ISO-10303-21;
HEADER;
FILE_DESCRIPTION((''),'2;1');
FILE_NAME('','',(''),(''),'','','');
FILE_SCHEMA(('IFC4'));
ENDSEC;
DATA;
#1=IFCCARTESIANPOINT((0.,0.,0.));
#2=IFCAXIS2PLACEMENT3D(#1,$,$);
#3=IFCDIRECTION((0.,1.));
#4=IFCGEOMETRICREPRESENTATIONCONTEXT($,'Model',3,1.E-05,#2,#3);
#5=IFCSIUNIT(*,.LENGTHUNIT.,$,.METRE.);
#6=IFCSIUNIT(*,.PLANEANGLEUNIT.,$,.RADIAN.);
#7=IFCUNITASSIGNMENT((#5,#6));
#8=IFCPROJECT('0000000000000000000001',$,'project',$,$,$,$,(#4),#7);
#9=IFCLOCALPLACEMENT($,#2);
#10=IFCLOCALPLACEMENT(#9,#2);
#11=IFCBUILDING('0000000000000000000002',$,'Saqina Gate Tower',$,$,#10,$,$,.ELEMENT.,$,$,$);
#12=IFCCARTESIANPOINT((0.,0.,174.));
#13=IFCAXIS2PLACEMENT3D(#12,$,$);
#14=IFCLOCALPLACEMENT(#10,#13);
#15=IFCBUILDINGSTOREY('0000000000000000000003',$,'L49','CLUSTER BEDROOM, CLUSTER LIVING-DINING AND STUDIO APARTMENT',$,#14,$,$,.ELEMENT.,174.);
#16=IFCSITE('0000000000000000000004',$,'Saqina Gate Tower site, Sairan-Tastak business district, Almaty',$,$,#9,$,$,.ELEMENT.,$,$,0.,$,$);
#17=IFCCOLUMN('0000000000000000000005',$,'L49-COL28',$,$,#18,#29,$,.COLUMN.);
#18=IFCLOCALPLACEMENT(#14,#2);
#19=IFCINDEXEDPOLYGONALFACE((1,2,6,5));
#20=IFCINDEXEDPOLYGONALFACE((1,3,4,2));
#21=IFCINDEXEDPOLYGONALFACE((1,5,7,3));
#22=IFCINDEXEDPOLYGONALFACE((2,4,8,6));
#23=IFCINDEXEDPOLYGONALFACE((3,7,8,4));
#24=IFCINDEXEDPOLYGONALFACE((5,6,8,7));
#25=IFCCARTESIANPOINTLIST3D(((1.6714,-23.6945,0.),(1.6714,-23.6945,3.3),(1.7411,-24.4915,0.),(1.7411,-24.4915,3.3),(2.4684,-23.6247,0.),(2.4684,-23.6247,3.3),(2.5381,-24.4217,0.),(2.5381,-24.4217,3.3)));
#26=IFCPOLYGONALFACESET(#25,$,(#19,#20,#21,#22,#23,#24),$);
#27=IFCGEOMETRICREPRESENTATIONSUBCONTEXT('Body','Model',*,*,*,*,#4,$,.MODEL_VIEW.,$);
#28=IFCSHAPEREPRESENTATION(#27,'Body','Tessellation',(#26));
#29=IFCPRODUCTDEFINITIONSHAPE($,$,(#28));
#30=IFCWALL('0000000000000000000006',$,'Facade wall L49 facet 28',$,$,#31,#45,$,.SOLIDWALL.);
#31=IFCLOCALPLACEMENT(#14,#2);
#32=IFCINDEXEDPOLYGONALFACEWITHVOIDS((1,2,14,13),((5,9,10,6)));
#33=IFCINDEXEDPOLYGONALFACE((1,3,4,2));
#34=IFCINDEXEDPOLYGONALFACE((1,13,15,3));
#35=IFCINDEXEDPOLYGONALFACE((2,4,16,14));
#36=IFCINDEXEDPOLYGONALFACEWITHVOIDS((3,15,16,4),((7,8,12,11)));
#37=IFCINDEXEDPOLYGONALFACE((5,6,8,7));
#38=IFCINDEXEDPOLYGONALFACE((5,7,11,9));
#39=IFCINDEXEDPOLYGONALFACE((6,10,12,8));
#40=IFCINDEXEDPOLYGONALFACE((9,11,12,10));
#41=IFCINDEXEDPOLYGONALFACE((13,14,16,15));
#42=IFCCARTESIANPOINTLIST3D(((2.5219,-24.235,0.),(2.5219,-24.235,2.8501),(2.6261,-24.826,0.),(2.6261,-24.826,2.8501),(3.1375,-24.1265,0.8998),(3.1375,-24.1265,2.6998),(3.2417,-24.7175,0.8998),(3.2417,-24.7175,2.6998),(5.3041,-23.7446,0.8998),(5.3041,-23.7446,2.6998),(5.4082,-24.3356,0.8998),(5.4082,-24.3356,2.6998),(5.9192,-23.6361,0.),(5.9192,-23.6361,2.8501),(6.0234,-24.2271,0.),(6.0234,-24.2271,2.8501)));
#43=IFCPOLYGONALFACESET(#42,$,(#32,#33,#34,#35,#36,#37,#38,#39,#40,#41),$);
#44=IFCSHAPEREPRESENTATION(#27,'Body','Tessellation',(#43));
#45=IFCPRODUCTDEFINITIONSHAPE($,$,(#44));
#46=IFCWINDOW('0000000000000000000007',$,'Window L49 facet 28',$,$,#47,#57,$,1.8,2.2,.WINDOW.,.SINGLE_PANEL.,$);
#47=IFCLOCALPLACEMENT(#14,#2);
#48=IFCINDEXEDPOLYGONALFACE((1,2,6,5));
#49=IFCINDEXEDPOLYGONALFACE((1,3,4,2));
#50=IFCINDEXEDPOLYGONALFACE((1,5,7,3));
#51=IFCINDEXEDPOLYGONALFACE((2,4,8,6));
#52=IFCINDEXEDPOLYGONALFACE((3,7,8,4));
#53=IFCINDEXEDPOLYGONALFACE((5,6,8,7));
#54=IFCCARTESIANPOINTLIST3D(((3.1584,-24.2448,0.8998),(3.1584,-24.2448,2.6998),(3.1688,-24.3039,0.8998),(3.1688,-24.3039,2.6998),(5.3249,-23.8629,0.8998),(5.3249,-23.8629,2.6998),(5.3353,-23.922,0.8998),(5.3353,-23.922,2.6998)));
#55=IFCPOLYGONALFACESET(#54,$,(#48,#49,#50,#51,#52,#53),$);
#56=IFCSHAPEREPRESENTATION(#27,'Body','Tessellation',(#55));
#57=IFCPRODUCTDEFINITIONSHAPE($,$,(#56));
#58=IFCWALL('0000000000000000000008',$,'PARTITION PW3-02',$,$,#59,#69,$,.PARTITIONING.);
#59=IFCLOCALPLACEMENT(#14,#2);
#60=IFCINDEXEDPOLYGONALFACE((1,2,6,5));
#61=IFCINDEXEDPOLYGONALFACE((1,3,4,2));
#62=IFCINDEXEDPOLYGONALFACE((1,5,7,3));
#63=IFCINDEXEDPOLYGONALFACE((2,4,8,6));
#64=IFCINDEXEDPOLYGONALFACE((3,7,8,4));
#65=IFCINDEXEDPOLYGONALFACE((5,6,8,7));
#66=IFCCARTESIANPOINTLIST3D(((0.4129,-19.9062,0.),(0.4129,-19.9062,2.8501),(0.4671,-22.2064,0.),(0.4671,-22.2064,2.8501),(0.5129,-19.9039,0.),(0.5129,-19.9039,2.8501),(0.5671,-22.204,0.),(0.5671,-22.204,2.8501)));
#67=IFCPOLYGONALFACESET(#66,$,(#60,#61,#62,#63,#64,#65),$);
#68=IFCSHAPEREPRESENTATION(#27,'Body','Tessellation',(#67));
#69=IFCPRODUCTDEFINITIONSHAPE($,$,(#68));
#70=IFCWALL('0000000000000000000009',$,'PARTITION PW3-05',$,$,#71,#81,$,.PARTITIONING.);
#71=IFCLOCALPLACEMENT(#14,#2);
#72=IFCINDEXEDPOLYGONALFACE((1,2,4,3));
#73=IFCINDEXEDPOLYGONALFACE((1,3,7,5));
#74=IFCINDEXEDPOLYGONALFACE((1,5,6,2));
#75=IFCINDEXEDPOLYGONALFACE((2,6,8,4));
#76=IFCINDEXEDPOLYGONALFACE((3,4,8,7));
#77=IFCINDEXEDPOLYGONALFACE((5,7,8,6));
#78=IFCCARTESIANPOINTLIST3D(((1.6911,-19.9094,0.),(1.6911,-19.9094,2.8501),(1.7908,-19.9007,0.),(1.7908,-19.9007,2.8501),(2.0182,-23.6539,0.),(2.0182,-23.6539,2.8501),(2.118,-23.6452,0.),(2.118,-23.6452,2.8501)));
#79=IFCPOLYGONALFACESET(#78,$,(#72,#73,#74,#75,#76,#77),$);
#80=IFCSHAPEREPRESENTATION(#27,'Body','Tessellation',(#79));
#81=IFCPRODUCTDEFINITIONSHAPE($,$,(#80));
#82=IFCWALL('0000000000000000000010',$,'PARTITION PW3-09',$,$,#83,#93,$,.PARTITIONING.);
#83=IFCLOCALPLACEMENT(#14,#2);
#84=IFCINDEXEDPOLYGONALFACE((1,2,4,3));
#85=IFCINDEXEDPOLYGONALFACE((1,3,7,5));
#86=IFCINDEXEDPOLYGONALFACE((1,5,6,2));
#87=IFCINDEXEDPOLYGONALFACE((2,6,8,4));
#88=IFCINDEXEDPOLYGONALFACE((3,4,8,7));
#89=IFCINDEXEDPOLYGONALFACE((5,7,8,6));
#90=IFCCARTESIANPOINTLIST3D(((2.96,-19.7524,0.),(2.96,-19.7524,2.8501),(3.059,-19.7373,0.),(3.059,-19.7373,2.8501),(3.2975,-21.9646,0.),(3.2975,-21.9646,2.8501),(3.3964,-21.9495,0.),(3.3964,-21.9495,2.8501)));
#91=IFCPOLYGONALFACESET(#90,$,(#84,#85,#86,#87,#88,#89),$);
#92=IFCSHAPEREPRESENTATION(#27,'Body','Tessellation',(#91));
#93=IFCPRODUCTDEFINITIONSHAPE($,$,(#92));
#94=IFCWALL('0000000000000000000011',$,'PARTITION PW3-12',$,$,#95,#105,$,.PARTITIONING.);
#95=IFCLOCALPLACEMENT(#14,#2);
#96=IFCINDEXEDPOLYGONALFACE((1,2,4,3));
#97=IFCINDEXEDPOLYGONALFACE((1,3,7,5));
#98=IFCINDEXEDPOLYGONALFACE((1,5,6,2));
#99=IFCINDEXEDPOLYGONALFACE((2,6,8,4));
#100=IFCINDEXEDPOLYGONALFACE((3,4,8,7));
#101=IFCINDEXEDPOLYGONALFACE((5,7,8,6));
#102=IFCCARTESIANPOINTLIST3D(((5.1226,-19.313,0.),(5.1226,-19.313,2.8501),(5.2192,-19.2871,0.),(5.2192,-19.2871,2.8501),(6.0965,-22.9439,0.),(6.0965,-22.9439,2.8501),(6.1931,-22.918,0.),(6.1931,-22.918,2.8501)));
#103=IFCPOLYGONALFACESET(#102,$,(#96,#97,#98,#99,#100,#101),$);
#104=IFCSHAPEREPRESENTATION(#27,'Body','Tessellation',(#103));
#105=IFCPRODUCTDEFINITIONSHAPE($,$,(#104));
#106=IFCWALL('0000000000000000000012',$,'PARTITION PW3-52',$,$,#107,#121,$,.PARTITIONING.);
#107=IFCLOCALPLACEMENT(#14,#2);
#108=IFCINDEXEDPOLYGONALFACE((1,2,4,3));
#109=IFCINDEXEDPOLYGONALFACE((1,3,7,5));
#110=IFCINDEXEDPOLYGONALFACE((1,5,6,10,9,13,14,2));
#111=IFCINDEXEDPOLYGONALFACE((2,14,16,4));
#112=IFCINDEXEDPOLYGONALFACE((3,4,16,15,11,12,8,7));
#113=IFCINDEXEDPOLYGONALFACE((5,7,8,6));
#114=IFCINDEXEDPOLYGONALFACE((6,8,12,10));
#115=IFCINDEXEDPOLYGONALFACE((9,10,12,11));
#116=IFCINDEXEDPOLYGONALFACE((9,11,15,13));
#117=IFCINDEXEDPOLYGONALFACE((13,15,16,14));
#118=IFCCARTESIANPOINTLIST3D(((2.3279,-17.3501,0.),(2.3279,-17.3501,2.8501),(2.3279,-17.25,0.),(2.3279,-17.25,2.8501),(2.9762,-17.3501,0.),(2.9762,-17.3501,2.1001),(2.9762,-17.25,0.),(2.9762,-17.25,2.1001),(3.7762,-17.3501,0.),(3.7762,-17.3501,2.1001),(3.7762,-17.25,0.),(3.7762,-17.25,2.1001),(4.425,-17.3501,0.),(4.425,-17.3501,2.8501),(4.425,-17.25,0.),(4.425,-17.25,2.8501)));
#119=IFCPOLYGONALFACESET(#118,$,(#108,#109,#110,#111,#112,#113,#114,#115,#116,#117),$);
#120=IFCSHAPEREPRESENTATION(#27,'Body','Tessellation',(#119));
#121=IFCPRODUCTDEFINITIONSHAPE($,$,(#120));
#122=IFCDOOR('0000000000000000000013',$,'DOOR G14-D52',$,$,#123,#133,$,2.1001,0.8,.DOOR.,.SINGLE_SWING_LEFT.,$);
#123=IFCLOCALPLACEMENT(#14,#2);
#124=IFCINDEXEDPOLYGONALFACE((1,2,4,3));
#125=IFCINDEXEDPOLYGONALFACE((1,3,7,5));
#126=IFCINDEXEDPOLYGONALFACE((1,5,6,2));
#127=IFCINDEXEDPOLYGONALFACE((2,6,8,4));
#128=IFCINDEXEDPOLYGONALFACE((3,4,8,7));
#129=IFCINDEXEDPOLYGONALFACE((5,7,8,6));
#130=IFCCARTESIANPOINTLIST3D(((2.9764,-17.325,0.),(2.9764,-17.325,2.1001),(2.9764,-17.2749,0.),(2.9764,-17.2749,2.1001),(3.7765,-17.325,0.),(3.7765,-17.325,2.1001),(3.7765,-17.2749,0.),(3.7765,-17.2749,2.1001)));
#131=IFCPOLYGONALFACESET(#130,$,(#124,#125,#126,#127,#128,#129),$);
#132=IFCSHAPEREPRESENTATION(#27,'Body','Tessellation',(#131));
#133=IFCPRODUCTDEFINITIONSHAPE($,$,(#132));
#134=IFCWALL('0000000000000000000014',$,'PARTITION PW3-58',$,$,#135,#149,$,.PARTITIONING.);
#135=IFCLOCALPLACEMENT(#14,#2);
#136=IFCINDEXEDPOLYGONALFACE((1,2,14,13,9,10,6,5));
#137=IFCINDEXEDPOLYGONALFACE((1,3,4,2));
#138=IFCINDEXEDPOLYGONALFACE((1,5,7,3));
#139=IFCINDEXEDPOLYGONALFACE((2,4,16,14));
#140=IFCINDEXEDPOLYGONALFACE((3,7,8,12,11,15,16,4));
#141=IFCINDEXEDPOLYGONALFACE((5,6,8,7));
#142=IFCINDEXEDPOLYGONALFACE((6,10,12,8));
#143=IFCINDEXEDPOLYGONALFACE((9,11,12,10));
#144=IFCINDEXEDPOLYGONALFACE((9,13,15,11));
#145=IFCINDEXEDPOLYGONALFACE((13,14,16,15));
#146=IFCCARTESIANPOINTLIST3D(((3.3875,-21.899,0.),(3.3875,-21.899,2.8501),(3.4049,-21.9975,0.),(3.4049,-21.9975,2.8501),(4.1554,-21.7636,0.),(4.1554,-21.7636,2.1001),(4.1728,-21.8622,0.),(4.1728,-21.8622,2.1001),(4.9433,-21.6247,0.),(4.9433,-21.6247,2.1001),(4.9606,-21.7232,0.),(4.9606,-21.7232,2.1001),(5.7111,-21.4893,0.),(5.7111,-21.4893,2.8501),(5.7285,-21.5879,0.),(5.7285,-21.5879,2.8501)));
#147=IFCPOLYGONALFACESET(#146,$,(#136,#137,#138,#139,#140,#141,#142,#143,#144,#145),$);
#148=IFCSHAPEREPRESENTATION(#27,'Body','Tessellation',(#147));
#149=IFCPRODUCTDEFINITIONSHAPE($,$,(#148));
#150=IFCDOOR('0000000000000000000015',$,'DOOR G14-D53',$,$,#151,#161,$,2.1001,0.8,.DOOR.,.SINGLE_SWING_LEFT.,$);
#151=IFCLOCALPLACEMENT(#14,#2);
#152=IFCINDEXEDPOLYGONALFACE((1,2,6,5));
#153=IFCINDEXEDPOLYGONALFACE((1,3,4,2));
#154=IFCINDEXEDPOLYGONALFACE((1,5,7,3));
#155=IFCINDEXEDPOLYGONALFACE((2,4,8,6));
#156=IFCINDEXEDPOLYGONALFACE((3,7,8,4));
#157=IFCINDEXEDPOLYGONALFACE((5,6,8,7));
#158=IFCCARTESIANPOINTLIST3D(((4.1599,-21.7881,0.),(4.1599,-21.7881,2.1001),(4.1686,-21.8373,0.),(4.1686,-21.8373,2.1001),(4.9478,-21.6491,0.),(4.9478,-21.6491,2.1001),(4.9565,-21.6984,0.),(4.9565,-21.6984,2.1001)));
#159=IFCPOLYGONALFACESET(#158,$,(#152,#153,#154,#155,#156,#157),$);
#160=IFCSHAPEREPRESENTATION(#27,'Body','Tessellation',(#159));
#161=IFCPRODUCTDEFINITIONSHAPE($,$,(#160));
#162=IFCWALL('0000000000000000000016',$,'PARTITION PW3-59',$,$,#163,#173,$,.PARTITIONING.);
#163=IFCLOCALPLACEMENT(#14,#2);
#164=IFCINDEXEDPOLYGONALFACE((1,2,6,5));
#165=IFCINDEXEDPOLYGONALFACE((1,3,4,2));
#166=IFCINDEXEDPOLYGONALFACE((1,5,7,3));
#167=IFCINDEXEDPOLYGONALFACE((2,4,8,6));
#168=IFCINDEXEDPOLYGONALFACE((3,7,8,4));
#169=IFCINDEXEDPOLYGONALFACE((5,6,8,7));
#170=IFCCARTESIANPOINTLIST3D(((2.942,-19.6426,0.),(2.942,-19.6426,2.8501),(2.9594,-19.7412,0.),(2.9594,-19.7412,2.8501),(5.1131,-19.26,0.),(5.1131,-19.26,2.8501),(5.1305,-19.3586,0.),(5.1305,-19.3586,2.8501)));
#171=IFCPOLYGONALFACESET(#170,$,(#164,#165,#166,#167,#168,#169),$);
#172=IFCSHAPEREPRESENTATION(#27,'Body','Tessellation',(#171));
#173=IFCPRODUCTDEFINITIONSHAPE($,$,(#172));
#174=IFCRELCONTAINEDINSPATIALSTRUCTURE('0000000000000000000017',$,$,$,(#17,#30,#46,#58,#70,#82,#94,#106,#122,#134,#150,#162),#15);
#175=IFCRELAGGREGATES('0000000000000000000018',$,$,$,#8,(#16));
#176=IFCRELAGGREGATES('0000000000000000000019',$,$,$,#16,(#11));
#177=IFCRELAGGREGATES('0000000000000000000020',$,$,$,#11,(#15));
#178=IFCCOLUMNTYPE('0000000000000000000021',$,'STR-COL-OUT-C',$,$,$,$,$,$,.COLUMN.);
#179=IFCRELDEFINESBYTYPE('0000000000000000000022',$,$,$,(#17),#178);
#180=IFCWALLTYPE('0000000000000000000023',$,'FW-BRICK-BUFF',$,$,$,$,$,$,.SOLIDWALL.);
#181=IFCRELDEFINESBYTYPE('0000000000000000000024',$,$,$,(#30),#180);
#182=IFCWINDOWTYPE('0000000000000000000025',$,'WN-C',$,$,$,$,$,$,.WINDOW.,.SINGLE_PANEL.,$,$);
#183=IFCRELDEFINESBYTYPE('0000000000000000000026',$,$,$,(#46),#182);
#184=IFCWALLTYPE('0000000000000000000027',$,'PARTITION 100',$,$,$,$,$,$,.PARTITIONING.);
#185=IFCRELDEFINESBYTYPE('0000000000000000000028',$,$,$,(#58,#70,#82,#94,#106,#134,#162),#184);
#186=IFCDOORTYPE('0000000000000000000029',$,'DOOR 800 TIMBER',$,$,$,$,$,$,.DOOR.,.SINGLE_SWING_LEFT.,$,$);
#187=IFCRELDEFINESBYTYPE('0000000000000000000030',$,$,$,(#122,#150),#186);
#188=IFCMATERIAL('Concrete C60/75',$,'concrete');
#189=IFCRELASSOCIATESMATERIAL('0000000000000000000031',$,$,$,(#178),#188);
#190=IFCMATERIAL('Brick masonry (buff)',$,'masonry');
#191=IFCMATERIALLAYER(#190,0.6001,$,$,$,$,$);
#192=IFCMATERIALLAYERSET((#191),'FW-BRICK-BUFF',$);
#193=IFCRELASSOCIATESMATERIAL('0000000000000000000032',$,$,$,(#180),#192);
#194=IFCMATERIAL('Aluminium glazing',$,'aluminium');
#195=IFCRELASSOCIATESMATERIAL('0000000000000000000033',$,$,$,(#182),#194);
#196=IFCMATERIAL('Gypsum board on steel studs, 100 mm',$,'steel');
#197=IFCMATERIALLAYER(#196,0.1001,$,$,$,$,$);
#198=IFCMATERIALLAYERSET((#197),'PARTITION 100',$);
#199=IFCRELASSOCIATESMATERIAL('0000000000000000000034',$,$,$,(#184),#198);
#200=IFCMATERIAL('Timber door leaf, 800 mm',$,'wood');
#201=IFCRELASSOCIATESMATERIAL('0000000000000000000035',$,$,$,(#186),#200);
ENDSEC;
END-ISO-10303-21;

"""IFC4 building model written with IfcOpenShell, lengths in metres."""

from ifc_helpers import new_model, si_unit, direction, frame, frame_2d, origin, origin_2d, place, context, subcontext, project, spatial, rectangle, extrude, material, layer, layer_set, material_profile, profile_set, type_object, element, fill, save


model = new_model("IFC4")

# Units and contexts
model_context = context("Model", 3, precision=1e-05, world=origin(), true_north=direction((0.0, 1.0)))
body_context = subcontext(model_context, "Body", "Model", "MODEL_VIEW")
ifc_project = project(units=[si_unit("LENGTHUNIT", "METRE"), si_unit("PLANEANGLEUNIT", "RADIAN")], contexts=[model_context])

# Site, building, storey
site_placement = place(None, origin())
site = spatial("IfcSite", under=ifc_project, at=site_placement, Name="Saqina Gate Tower site, Sairan-Tastak business district, Almaty", CompositionType="ELEMENT", RefElevation=0.0)
building_placement = place(site_placement, origin())
building = spatial("IfcBuilding", under=site, at=building_placement, Name="Saqina Gate Tower", CompositionType="ELEMENT")
storey_placement = place(building_placement, frame((0.0, 0.0, 174.0)))
storey = spatial("IfcBuildingStorey", under=building, at=storey_placement, Name="L49", Description="CLUSTER BEDROOM, CLUSTER LIVING-DINING AND STUDIO APARTMENT", CompositionType="ELEMENT", Elevation=174.0)

# Column
ifc_material_1 = material(Name="Concrete C60/75", Category="concrete")
ifc_material_profile = material_profile(ifc_material_1, rectangle(XDim=0.8, YDim=0.8, at=origin_2d()), Name="RC 800x800")
ifc_profile_set = profile_set([ifc_material_profile], Name="Concrete C60/75")
column_type = type_object("IfcColumnType", Name="STR-COL-OUT-C", PredefinedType="COLUMN", material=ifc_profile_set)
column_placement = place(storey_placement, frame((2.1047, -24.0581, 0.0), z_axis=(0.0, 0.0, 1.0), x_axis=(0.087156, -0.996195, 0.0)))
element("IfcColumn", 1, at=column_placement, inside=storey, type_object=column_type, Name="L49-COL28", PredefinedType="COLUMN", context=body_context, shape_type="SweptSolid", body=[
    extrude(rectangle(XDim=0.8, YDim=0.8, at=origin_2d()), origin(), (0.0, 0.0, 1.0), 3.3),
])

# Wall, opening, window
ifc_material_2 = material(Name="Brick masonry (buff)", Category="masonry")
ifc_layer_1 = layer(ifc_material_2, 0.6001)
ifc_layer_set_1 = layer_set([ifc_layer_1], Name="FW-BRICK-BUFF")
wall_type_1 = type_object("IfcWallType", Name="FW-BRICK-BUFF", PredefinedType="SOLIDWALL", material=ifc_layer_set_1)
wall_1_placement = place(storey_placement, frame((2.574, -24.5305, 0.0), z_axis=(0.0, 0.0, 1.0), x_axis=(0.984815, 0.173608, 0.0)))
wall_1 = element("IfcWall", 2, at=wall_1_placement, inside=storey, type_object=wall_type_1, Name="Facade wall L49 facet 28", PredefinedType="SOLIDWALL", context=body_context, shape_type="SweptSolid", body=[
    extrude(rectangle(XDim=3.4497, YDim=0.6001, at=frame_2d((1.7249, 0.0))), origin(), (0.0, 0.0, 1.0), 2.8501),
])
opening_1_placement = place(wall_1_placement, frame((0.625, 0.0, 0.8999)))
opening_1 = element("IfcOpeningElement", 3, at=opening_1_placement, cuts=wall_1, PredefinedType="OPENING", context=body_context, shape_type="SweptSolid", body=[
    extrude(rectangle(XDim=2.2, YDim=1.8, at=frame_2d((1.1001, 0.8999))), frame((0.0, 0.312, 0.0), z_axis=(0.0, -1.0, 0.0), x_axis=(1.0, 0.0, 0.0)), (0.0, 0.0, 1.0), 0.624),
])
ifc_material_3 = material(Name="Aluminium glazing", Category="aluminium")
window_type = type_object("IfcWindowType", Name="WN-C", PartitioningType="SINGLE_PANEL", PredefinedType="WINDOW", material=ifc_material_3)
window_placement = place(opening_1_placement, origin())
window = element("IfcWindow", 4, at=window_placement, inside=storey, type_object=window_type, Name="Window L49 facet 28", OverallHeight=1.8, OverallWidth=2.2, PartitioningType="SINGLE_PANEL", PredefinedType="WINDOW", context=body_context, shape_type="SweptSolid", body=[
    extrude(rectangle(XDim=2.2, YDim=1.8, at=frame_2d((1.1001, 0.8999))), frame((0.0, 0.1799, 0.0), z_axis=(0.0, -1.0, 0.0), x_axis=(1.0, 0.0, 0.0)), (0.0, 0.0, 1.0), 0.0601),
])
fill(opening_1, window)

# Walls
ifc_material_4 = material(Name="Gypsum board on steel studs, 100 mm", Category="steel")
ifc_layer_2 = layer(ifc_material_4, 0.1001)
ifc_layer_set_2 = layer_set([ifc_layer_2], Name="PARTITION 100")
wall_type_2 = type_object("IfcWallType", Name="PARTITION 100", PredefinedType="PARTITIONING", material=ifc_layer_set_2)
wall_2_placement = place(storey_placement, frame((0.4629, -19.905, 0.0), z_axis=(0.0, 0.0, 1.0), x_axis=(0.023558, -0.999722, 0.0)))
element("IfcWall", 5, at=wall_2_placement, inside=storey, type_object=wall_type_2, Name="PARTITION PW3-02", PredefinedType="PARTITIONING", context=body_context, shape_type="SweptSolid", body=[
    extrude(rectangle(XDim=2.3008, YDim=0.1001, at=frame_2d((1.1504, 0.0))), origin(), (0.0, 0.0, 1.0), 2.8501),
])
wall_3_placement = place(storey_placement, frame((1.741, -19.905, 0.0), z_axis=(0.0, 0.0, 1.0), x_axis=(0.087033, -0.996205, 0.0)))
element("IfcWall", 6, at=wall_3_placement, inside=storey, type_object=wall_type_2, Name="PARTITION PW3-05", PredefinedType="PARTITIONING", context=body_context, shape_type="SweptSolid", body=[
    extrude(rectangle(XDim=3.7588, YDim=0.1001, at=frame_2d((1.8794, 0.0))), origin(), (0.0, 0.0, 1.0), 2.8501),
])
wall_4_placement = place(storey_placement, frame((3.0095, -19.7449, 0.0), z_axis=(0.0, 0.0, 1.0), x_axis=(0.150778, -0.988568, 0.0)))
element("IfcWall", 7, at=wall_4_placement, inside=storey, type_object=wall_type_2, Name="PARTITION PW3-09", PredefinedType="PARTITIONING", context=body_context, shape_type="SweptSolid", body=[
    extrude(rectangle(XDim=2.2378, YDim=0.1001, at=frame_2d((1.1189, 0.0))), origin(), (0.0, 0.0, 1.0), 2.8501),
])
wall_5_placement = place(storey_placement, frame((5.1709, -19.3, 0.0), z_axis=(0.0, 0.0, 1.0), x_axis=(0.259065, -0.96586, 0.0)))
element("IfcWall", 8, at=wall_5_placement, inside=storey, type_object=wall_type_2, Name="PARTITION PW3-12", PredefinedType="PARTITIONING", context=body_context, shape_type="SweptSolid", body=[
    extrude(rectangle(XDim=3.7593, YDim=0.1001, at=frame_2d((1.8796, 0.0))), origin(), (0.0, 0.0, 1.0), 2.8501),
])

# Walls, openings, doors
wall_6_placement = place(storey_placement, frame((2.3279, -17.3, 0.0), z_axis=(0.0, 0.0, 1.0), x_axis=(1.0, 0.0, 0.0)))
wall_6 = element("IfcWall", 9, at=wall_6_placement, inside=storey, type_object=wall_type_2, Name="PARTITION PW3-52", PredefinedType="PARTITIONING", context=body_context, shape_type="SweptSolid", body=[
    extrude(rectangle(XDim=2.0972, YDim=0.1001, at=frame_2d((1.0486, 0.0))), origin(), (0.0, 0.0, 1.0), 2.8501),
])
opening_2_placement = place(wall_6_placement, frame((0.6484, 0.0, 0.0)))
opening_2 = element("IfcOpeningElement", 10, at=opening_2_placement, cuts=wall_6, PredefinedType="OPENING", context=body_context, shape_type="SweptSolid", body=[
    extrude(rectangle(XDim=0.8, YDim=2.1001, at=frame_2d((0.3999, 1.05))), frame((0.0, 0.062, 0.0), z_axis=(0.0, -1.0, 0.0), x_axis=(1.0, 0.0, 0.0)), (0.0, 0.0, 1.0), 0.124),
])
ifc_material_5 = material(Name="Timber door leaf, 800 mm", Category="wood")
door_type_1 = type_object("IfcDoorType", Name="DOOR 800 TIMBER", OperationType="SINGLE_SWING_LEFT", PredefinedType="DOOR", material=ifc_material_5)
door_1_placement = place(opening_2_placement, frame((0.8, 0.0, 0.0), z_axis=(0.0, 0.0, 1.0), x_axis=(-1.0, 0.0, 0.0)))
door_1 = element("IfcDoor", 11, at=door_1_placement, inside=storey, type_object=door_type_1, Name="DOOR G14-D52", OperationType="SINGLE_SWING_LEFT", OverallHeight=2.1001, OverallWidth=0.8, PredefinedType="DOOR", context=body_context, shape_type="SweptSolid", body=[
    extrude(rectangle(XDim=0.8, YDim=2.1001, at=frame_2d((0.3999, 1.05))), frame((0.0, 0.0249, 0.0), z_axis=(0.0, -1.0, 0.0), x_axis=(1.0, 0.0, 0.0)), (0.0, 0.0, 1.0), 0.05),
])
fill(opening_2, door_1)
wall_7_placement = place(storey_placement, frame((3.3962, -21.9482, 0.0), z_axis=(0.0, 0.0, 1.0), x_axis=(0.98481, 0.173638, 0.0)))
wall_7 = element("IfcWall", 12, at=wall_7_placement, inside=storey, type_object=wall_type_2, Name="PARTITION PW3-58", PredefinedType="PARTITIONING", context=body_context, shape_type="SweptSolid", body=[
    extrude(rectangle(XDim=2.3594, YDim=0.1001, at=frame_2d((1.1797, 0.0))), origin(), (0.0, 0.0, 1.0), 2.8501),
])
opening_3_placement = place(wall_7_placement, frame((0.7798, 0.0, 0.0)))
opening_3 = element("IfcOpeningElement", 13, at=opening_3_placement, cuts=wall_7, PredefinedType="OPENING", context=body_context, shape_type="SweptSolid", body=[
    extrude(rectangle(XDim=0.8, YDim=2.1001, at=frame_2d((0.3999, 1.05))), frame((0.0, 0.062, 0.0), z_axis=(0.0, -1.0, 0.0), x_axis=(1.0, 0.0, 0.0)), (0.0, 0.0, 1.0), 0.124),
])
door_2_placement = place(opening_3_placement, frame((0.8, 0.0, 0.0), z_axis=(0.0, 0.0, 1.0), x_axis=(-1.0, 0.0, 0.0)))
door_2 = element("IfcDoor", 14, at=door_2_placement, inside=storey, type_object=door_type_1, Name="DOOR G14-D53", OperationType="SINGLE_SWING_LEFT", OverallHeight=2.1001, OverallWidth=0.8, PredefinedType="DOOR", context=body_context, shape_type="SweptSolid", body=[
    extrude(rectangle(XDim=0.8, YDim=2.1001, at=frame_2d((0.3999, 1.05))), frame((0.0, 0.0249, 0.0), z_axis=(0.0, -1.0, 0.0), x_axis=(1.0, 0.0, 0.0)), (0.0, 0.0, 1.0), 0.05),
])
fill(opening_3, door_2)

# Wall
wall_8_placement = place(storey_placement, frame((2.9507, -19.6919, 0.0), z_axis=(0.0, 0.0, 1.0), x_axis=(0.984828, 0.173533, 0.0)))
element("IfcWall", 15, at=wall_8_placement, inside=storey, type_object=wall_type_2, Name="PARTITION PW3-59", PredefinedType="PARTITIONING", context=body_context, shape_type="SweptSolid", body=[
    extrude(rectangle(XDim=2.2046, YDim=0.1001, at=frame_2d((1.1023, 0.0))), origin(), (0.0, 0.0, 1.0), 2.8501),
])

save(model, "model.ifc")
